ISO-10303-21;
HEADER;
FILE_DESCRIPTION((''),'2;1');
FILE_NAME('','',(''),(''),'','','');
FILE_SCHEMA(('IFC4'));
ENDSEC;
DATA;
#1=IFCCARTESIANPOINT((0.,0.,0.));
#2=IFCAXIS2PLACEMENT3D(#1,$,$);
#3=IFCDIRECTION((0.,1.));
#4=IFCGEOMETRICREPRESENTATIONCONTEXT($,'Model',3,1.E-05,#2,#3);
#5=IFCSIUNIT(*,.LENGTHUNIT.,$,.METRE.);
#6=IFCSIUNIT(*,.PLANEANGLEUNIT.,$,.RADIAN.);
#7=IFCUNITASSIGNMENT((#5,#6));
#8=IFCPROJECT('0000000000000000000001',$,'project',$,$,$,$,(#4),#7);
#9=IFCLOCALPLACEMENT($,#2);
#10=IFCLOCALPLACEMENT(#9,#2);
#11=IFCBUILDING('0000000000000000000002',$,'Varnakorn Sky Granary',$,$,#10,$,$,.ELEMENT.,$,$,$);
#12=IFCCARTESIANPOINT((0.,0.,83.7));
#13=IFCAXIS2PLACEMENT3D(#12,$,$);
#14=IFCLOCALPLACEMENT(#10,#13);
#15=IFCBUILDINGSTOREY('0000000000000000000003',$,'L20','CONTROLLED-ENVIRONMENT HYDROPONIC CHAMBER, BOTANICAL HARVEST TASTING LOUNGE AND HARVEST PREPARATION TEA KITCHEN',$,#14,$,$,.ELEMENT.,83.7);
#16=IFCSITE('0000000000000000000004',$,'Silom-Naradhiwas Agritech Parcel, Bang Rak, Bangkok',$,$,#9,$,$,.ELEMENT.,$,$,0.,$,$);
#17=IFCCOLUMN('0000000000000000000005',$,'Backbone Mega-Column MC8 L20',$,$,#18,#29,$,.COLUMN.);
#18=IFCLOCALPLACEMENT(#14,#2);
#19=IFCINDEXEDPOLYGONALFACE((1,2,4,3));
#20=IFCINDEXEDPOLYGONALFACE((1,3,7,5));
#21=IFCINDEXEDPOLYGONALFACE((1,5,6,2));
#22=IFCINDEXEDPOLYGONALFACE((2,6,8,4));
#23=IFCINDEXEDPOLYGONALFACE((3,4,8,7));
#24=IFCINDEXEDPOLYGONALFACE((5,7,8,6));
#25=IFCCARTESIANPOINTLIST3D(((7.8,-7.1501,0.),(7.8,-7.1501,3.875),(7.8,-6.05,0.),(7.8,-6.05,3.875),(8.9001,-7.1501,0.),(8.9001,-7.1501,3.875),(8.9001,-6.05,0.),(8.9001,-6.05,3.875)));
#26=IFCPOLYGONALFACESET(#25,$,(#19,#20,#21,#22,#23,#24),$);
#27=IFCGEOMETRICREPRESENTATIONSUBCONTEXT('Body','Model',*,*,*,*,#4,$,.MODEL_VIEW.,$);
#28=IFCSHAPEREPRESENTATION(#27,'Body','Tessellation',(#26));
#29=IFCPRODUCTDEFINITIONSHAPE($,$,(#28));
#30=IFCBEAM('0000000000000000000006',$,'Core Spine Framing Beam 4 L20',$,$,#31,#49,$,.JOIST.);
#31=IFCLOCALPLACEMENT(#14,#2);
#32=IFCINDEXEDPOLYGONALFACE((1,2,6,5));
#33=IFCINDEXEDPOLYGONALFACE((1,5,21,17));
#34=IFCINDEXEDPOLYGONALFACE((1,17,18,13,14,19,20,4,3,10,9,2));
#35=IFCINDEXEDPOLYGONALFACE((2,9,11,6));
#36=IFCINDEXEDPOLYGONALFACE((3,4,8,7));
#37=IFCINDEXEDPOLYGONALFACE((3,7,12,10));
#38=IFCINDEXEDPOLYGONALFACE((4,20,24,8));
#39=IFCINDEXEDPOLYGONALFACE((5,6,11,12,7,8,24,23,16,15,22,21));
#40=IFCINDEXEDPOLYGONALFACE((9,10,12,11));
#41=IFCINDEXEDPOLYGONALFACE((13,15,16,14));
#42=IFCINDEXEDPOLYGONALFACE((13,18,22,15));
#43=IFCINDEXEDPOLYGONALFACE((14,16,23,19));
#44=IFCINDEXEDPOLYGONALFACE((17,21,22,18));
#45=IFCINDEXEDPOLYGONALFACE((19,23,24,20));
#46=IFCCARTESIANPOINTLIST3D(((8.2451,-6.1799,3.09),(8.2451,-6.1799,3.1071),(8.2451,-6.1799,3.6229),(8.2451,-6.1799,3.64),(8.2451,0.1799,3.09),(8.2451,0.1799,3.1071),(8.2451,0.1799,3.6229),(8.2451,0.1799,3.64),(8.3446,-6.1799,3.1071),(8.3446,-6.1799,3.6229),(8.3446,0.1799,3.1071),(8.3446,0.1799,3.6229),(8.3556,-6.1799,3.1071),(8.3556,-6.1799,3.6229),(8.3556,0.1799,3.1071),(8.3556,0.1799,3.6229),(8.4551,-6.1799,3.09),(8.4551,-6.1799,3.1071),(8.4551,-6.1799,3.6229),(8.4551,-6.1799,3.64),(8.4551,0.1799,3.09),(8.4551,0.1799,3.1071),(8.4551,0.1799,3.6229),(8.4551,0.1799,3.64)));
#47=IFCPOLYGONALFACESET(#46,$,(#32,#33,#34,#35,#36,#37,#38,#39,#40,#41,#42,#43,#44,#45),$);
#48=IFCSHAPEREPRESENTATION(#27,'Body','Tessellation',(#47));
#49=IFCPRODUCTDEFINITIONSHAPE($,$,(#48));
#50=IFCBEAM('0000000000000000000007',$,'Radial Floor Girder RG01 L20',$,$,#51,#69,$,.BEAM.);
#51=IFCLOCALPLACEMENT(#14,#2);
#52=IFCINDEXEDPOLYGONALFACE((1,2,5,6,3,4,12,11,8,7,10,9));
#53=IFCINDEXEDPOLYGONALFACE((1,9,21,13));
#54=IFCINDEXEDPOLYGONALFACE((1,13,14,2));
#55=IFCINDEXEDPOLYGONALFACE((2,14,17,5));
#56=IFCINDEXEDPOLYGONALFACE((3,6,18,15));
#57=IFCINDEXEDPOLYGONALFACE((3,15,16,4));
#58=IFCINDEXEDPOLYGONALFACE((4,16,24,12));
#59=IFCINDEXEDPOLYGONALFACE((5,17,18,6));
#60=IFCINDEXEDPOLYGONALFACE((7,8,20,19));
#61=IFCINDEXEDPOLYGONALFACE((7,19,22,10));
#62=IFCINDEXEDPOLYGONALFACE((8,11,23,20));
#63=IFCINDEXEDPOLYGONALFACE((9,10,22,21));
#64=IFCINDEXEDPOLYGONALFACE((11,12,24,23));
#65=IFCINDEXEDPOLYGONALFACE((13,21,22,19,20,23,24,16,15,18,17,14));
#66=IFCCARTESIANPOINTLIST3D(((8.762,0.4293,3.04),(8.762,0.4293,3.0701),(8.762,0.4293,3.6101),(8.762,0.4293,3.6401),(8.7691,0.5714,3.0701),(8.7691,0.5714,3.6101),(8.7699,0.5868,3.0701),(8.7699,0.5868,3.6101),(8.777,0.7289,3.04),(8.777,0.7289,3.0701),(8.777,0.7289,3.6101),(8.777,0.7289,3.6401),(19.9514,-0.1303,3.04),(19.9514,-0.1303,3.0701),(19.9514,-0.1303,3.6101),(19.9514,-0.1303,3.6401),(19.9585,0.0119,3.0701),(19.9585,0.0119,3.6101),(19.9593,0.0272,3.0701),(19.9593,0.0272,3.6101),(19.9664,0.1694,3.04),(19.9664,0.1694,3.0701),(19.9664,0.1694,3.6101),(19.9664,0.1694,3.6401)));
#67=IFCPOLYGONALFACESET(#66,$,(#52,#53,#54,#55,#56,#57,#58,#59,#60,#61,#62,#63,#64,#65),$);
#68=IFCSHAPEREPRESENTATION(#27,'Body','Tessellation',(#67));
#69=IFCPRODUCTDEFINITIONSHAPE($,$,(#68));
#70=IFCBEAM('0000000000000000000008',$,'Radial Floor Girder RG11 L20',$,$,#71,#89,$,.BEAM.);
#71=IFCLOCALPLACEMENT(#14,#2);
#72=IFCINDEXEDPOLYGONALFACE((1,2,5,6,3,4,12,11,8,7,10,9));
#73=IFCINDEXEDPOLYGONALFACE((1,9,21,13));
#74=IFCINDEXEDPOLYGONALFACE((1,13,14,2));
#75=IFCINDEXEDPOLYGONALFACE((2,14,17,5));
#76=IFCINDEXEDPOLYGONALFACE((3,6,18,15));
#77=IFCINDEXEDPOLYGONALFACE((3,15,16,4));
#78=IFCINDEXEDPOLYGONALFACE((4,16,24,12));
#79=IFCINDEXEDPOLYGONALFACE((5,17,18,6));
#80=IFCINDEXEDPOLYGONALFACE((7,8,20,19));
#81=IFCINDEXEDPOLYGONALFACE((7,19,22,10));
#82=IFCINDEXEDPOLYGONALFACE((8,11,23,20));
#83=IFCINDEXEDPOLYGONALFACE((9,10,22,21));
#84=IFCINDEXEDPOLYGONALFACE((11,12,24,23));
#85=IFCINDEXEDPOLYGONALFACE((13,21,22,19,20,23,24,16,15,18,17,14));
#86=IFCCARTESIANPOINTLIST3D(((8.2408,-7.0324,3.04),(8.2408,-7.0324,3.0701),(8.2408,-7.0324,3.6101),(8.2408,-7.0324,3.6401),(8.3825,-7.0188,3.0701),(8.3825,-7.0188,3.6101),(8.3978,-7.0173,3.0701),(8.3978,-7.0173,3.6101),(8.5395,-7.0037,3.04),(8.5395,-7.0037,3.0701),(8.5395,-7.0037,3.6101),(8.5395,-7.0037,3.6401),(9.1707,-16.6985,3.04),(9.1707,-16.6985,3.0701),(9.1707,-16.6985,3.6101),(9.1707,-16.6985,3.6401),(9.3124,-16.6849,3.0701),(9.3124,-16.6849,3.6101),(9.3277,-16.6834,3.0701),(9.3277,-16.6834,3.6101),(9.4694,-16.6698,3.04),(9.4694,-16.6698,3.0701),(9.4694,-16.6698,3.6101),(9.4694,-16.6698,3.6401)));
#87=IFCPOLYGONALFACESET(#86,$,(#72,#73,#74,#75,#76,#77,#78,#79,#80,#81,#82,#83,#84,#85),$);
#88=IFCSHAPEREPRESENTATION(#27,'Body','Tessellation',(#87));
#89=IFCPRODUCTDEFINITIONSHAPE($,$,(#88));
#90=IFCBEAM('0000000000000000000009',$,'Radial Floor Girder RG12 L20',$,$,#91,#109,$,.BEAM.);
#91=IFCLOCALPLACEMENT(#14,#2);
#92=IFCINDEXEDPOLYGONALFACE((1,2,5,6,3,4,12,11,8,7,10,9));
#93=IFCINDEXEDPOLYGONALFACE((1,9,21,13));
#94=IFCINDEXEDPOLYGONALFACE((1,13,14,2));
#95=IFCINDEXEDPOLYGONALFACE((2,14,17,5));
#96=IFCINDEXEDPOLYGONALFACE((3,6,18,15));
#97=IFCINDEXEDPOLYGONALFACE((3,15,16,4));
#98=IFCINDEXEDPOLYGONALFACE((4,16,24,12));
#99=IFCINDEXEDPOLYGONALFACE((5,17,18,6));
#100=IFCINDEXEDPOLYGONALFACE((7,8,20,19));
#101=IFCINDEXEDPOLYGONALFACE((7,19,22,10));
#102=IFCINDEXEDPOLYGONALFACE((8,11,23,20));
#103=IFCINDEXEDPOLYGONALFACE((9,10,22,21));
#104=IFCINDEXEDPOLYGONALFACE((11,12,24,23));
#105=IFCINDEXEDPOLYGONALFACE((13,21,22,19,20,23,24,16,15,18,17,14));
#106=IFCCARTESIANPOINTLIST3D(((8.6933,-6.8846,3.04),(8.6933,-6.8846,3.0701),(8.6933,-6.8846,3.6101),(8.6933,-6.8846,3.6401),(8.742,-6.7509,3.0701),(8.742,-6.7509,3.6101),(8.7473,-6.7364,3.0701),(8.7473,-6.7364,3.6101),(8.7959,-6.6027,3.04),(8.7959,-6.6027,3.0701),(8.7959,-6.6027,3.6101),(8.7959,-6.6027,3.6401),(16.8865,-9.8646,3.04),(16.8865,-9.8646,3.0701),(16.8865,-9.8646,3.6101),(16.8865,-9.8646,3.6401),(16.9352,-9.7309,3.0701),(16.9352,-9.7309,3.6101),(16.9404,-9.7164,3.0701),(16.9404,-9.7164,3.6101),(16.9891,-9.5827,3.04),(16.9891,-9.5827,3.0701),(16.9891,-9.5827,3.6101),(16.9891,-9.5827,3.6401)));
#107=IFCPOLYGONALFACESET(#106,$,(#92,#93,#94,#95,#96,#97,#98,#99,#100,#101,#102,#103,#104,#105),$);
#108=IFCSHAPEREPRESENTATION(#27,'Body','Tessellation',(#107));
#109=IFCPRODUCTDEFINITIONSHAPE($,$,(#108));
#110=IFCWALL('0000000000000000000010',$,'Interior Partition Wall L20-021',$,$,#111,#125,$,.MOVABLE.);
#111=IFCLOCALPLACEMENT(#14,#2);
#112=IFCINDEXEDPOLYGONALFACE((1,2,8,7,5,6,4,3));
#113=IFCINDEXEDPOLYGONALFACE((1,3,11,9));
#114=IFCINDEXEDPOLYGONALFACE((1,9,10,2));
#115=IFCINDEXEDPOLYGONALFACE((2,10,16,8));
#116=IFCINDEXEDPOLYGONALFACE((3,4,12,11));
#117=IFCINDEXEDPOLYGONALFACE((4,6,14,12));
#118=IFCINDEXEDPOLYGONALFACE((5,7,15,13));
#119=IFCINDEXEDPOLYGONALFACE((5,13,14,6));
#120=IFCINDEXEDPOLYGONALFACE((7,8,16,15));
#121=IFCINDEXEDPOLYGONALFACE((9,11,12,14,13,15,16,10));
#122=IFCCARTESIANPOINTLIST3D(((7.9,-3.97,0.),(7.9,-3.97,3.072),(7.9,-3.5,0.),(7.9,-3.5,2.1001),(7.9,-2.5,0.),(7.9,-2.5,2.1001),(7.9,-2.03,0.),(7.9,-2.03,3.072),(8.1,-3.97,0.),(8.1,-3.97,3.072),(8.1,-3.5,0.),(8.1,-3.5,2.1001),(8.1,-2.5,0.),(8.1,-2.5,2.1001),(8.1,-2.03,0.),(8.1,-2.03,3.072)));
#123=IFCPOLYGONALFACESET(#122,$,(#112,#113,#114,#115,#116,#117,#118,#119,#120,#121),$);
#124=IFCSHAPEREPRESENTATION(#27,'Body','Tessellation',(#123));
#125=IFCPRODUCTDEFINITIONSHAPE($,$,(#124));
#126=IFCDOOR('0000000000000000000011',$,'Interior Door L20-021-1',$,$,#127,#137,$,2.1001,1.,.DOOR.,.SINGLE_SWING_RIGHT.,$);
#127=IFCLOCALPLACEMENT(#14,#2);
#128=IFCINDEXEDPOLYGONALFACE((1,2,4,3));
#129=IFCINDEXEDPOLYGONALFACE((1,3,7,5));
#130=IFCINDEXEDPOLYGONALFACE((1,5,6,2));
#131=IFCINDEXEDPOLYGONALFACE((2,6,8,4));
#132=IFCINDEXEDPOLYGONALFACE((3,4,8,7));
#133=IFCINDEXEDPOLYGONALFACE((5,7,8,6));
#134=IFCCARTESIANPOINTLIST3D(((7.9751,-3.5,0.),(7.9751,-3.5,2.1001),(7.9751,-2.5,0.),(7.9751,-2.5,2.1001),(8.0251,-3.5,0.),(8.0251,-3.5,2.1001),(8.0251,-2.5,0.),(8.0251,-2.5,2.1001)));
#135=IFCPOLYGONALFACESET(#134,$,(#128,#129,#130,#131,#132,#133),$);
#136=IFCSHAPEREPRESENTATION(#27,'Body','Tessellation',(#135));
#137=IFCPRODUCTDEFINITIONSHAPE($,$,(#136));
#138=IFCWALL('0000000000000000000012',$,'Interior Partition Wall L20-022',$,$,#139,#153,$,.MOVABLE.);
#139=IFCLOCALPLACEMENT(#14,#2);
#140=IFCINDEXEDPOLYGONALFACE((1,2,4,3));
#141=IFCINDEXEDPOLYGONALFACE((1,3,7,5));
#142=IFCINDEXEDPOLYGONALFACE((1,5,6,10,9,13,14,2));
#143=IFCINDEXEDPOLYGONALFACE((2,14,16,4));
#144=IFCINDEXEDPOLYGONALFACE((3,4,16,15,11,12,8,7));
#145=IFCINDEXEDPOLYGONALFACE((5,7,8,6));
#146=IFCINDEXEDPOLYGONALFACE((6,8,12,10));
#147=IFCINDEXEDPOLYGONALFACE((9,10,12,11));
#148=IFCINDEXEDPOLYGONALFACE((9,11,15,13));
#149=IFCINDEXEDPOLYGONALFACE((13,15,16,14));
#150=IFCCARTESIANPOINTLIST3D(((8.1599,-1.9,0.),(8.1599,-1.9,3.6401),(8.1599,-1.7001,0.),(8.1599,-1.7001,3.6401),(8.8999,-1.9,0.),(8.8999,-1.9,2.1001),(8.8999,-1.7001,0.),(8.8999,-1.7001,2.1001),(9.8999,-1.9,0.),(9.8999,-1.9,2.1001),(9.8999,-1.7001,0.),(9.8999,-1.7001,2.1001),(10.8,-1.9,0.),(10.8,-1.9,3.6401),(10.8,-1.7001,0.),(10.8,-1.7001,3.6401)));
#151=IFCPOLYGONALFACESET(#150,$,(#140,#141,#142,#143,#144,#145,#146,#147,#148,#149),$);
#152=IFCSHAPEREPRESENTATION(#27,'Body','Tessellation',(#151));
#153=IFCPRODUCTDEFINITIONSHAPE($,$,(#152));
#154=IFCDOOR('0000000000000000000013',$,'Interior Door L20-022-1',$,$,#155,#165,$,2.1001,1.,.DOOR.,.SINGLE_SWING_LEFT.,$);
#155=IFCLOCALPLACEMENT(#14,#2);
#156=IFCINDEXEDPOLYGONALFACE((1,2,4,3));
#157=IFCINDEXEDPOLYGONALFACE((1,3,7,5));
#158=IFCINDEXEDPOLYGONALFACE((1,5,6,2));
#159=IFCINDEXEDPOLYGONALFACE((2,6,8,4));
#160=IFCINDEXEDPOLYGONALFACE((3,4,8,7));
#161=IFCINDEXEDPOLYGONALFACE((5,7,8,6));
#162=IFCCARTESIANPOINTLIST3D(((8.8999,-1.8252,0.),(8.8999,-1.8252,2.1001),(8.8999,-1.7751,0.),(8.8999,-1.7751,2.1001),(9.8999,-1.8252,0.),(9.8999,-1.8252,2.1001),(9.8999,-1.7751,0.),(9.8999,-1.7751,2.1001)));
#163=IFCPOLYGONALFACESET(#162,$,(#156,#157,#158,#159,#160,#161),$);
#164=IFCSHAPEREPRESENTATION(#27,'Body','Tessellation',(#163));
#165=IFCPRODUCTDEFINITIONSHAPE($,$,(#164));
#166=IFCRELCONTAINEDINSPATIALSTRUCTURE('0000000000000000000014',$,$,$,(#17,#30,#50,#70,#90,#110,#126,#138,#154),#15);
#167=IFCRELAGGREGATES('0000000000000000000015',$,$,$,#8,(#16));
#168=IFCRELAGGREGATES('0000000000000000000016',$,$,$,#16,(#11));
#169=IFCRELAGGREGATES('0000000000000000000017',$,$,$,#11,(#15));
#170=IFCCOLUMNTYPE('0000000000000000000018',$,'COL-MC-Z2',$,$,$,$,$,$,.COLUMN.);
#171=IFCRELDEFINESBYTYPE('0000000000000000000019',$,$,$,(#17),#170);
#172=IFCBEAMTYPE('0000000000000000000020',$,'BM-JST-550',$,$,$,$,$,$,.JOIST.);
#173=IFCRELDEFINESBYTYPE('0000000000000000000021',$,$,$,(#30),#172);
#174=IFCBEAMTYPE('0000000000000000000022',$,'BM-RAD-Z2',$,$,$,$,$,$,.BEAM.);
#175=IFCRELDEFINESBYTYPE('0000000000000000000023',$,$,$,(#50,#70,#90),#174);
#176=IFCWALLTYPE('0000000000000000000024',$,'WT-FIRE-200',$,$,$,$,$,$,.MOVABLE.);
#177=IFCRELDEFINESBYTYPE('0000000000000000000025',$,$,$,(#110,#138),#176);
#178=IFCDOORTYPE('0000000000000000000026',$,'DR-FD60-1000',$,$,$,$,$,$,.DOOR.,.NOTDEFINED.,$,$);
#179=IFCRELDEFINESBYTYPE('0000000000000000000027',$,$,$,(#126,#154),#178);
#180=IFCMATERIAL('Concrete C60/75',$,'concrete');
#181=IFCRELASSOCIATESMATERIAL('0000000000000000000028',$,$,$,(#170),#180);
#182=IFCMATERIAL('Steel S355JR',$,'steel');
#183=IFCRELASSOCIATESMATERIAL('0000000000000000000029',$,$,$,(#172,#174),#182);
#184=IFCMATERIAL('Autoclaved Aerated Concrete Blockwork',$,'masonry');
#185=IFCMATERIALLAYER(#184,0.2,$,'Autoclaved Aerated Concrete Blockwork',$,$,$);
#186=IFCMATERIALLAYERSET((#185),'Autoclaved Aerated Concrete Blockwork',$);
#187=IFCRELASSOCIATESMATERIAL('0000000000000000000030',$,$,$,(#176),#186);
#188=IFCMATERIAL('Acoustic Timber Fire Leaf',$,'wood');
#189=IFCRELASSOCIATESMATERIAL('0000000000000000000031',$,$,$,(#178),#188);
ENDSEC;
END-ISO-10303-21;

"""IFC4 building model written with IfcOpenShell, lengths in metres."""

from ifc_helpers import new_model, si_unit, direction, frame, frame_2d, origin, origin_2d, place, context, subcontext, project, spatial, rectangle, i_section, extrude, material, layer, layer_set, material_profile, profile_set, type_object, element, fill, save


model = new_model("IFC4")

# Units and contexts
model_context = context("Model", 3, precision=1e-05, world=origin(), true_north=direction((0.0, 1.0)))
body_context = subcontext(model_context, "Body", "Model", "MODEL_VIEW")
ifc_project = project(units=[si_unit("LENGTHUNIT", "METRE"), si_unit("PLANEANGLEUNIT", "RADIAN")], contexts=[model_context])

# Site, building, storey
site_placement = place(None, origin())
site = spatial("IfcSite", under=ifc_project, at=site_placement, Name="Silom-Naradhiwas Agritech Parcel, Bang Rak, Bangkok", CompositionType="ELEMENT", RefElevation=0.0)
building_placement = place(site_placement, origin())
building = spatial("IfcBuilding", under=site, at=building_placement, Name="Varnakorn Sky Granary", CompositionType="ELEMENT")
storey_placement = place(building_placement, frame((0.0, 0.0, 83.7)))
storey = spatial("IfcBuildingStorey", under=building, at=storey_placement, Name="L20", Description="CONTROLLED-ENVIRONMENT HYDROPONIC CHAMBER, BOTANICAL HARVEST TASTING LOUNGE AND HARVEST PREPARATION TEA KITCHEN", CompositionType="ELEMENT", Elevation=83.7)

# Column
ifc_material_1 = material(Name="Concrete C60/75", Category="concrete")
ifc_material_profile_1 = material_profile(ifc_material_1, rectangle(XDim=1.1001, YDim=1.1001, at=origin_2d()), Name="RC 1100x1100")
ifc_profile_set_1 = profile_set([ifc_material_profile_1], Name="Concrete C60/75")
column_type = type_object("IfcColumnType", Name="COL-MC-Z2", PredefinedType="COLUMN", material=ifc_profile_set_1)
column_placement = place(storey_placement, frame((8.3501, -6.6001, 0.0), z_axis=(0.0, 0.0, 1.0), x_axis=(1.0, 0.0, 0.0)))
element("IfcColumn", 1, at=column_placement, inside=storey, type_object=column_type, Name="Backbone Mega-Column MC8 L20", PredefinedType="COLUMN", context=body_context, shape_type="SweptSolid", body=[
    extrude(rectangle(XDim=1.1001, YDim=1.1001, at=origin_2d()), origin(), (0.0, 0.0, 1.0), 3.875),
])

# Beams
ifc_material_2 = material(Name="Steel S355JR", Category="steel")
ifc_material_profile_2 = material_profile(ifc_material_2, i_section(OverallWidth=0.21, OverallDepth=0.55, WebThickness=0.011, FlangeThickness=0.0171, at=origin_2d()), Name="IPE 550")
ifc_profile_set_2 = profile_set([ifc_material_profile_2], Name="Steel S355JR")
beam_type_1 = type_object("IfcBeamType", Name="BM-JST-550", PredefinedType="JOIST", material=ifc_profile_set_2)
beam_1_placement = place(storey_placement, frame((8.3501, 0.1799, 3.365), z_axis=(0.0, -1.0, 0.0), x_axis=(1.0, 0.0, 0.0)))
element("IfcBeam", 2, at=beam_1_placement, inside=storey, type_object=beam_type_1, Name="Core Spine Framing Beam 4 L20", PredefinedType="JOIST", context=body_context, shape_type="SweptSolid", body=[
    extrude(i_section(OverallWidth=0.21, OverallDepth=0.55, WebThickness=0.011, FlangeThickness=0.0171, at=origin_2d()), origin(), (0.0, 0.0, 1.0), 6.3599),
])
ifc_material_profile_3 = material_profile(ifc_material_2, i_section(OverallWidth=0.3, OverallDepth=0.6001, WebThickness=0.0154, FlangeThickness=0.03, at=origin_2d()), Name="HE 600 B")
ifc_profile_set_3 = profile_set([ifc_material_profile_3], Name="Steel S355JR")
beam_type_2 = type_object("IfcBeamType", Name="BM-RAD-Z2", PredefinedType="BEAM", material=ifc_profile_set_3)
beam_2_placement = place(storey_placement, frame((8.7695, 0.5791, 3.3401), z_axis=(0.998752, -0.049946, 0.0), x_axis=(0.049946, 0.998752, 0.0)))
element("IfcBeam", 3, at=beam_2_placement, inside=storey, type_object=beam_type_2, Name="Radial Floor Girder RG01 L20", PredefinedType="BEAM", context=body_context, shape_type="SweptSolid", body=[
    extrude(i_section(OverallWidth=0.3, OverallDepth=0.6001, WebThickness=0.0154, FlangeThickness=0.03, at=origin_2d()), origin(), (0.0, 0.0, 1.0), 11.2034),
])
beam_3_placement = place(storey_placement, frame((8.3901, -7.0181, 3.3401), z_axis=(0.095764, -0.995404, 0.0), x_axis=(0.995404, 0.095764, 0.0)))
element("IfcBeam", 4, at=beam_3_placement, inside=storey, type_object=beam_type_2, Name="Radial Floor Girder RG11 L20", PredefinedType="BEAM", context=body_context, shape_type="SweptSolid", body=[
    extrude(i_section(OverallWidth=0.3, OverallDepth=0.6001, WebThickness=0.0154, FlangeThickness=0.03, at=origin_2d()), origin(), (0.0, 0.0, 1.0), 9.7107),
])
beam_4_placement = place(storey_placement, frame((8.7446, -6.7437, 3.3401), z_axis=(0.939769, -0.341811, 0.0), x_axis=(0.341811, 0.939769, 0.0)))
element("IfcBeam", 5, at=beam_4_placement, inside=storey, type_object=beam_type_2, Name="Radial Floor Girder RG12 L20", PredefinedType="BEAM", context=body_context, shape_type="SweptSolid", body=[
    extrude(i_section(OverallWidth=0.3, OverallDepth=0.6001, WebThickness=0.0154, FlangeThickness=0.03, at=origin_2d()), origin(), (0.0, 0.0, 1.0), 8.7183),
])

# Walls, openings, doors
ifc_material_3 = material(Name="Autoclaved Aerated Concrete Blockwork", Category="masonry")
ifc_layer_1 = layer(ifc_material_3, 0.2, Name="Autoclaved Aerated Concrete Blockwork")
ifc_layer_set_1 = layer_set([ifc_layer_1], Name="Autoclaved Aerated Concrete Blockwork")
wall_type_1 = type_object("IfcWallType", Name="WT-FIRE-200", PredefinedType="MOVABLE", material=ifc_layer_set_1)
wall_1_placement = place(storey_placement, frame((8.0, -3.97, 0.0), z_axis=(0.0, 0.0, 1.0), x_axis=(0.0, 1.0, 0.0)))
wall_1 = element("IfcWall", 6, at=wall_1_placement, inside=storey, type_object=wall_type_1, Name="Interior Partition Wall L20-021", PredefinedType="MOVABLE", context=body_context, shape_type="SweptSolid", body=[
    extrude(rectangle(XDim=1.9399, YDim=0.2, at=frame_2d((0.97, 0.0))), origin(), (0.0, 0.0, 1.0), 3.072),
])
opening_1_placement = place(wall_1_placement, frame((0.47, 0.0, 0.0)))
opening_1 = element("IfcOpeningElement", 7, at=opening_1_placement, cuts=wall_1, PredefinedType="OPENING", context=body_context, shape_type="SweptSolid", body=[
    extrude(rectangle(XDim=1.0, YDim=2.1001, at=frame_2d((0.5, 1.05))), frame((0.0, 0.1099, 0.0), z_axis=(0.0, -1.0, 0.0), x_axis=(1.0, 0.0, 0.0)), (0.0, 0.0, 1.0), 0.22),
])
ifc_material_4 = material(Name="Acoustic Timber Fire Leaf", Category="wood")
door_type_1 = type_object("IfcDoorType", Name="DR-FD60-1000", OperationType="NOTDEFINED", PredefinedType="DOOR", material=ifc_material_4)
door_1_placement = place(opening_1_placement, origin())
door_1 = element("IfcDoor", 8, at=door_1_placement, inside=storey, type_object=door_type_1, Name="Interior Door L20-021-1", OperationType="SINGLE_SWING_RIGHT", OverallHeight=2.1001, OverallWidth=1.0, PredefinedType="DOOR", context=body_context, shape_type="SweptSolid", body=[
    extrude(rectangle(XDim=1.0, YDim=2.1001, at=frame_2d((0.5, 1.05))), frame((0.0, 0.0249, 0.0), z_axis=(0.0, -1.0, 0.0), x_axis=(1.0, 0.0, 0.0)), (0.0, 0.0, 1.0), 0.05),
])
fill(opening_1, door_1)
wall_2_placement = place(storey_placement, frame((8.1599, -1.8, 0.0), z_axis=(0.0, 0.0, 1.0), x_axis=(1.0, 0.0, 0.0)))
wall_2 = element("IfcWall", 9, at=wall_2_placement, inside=storey, type_object=wall_type_1, Name="Interior Partition Wall L20-022", PredefinedType="MOVABLE", context=body_context, shape_type="SweptSolid", body=[
    extrude(rectangle(XDim=2.6401, YDim=0.2, at=frame_2d((1.3201, 0.0))), origin(), (0.0, 0.0, 1.0), 3.6401),
])
opening_2_placement = place(wall_2_placement, frame((0.74, 0.0, 0.0)))
opening_2 = element("IfcOpeningElement", 10, at=opening_2_placement, cuts=wall_2, PredefinedType="OPENING", context=body_context, shape_type="SweptSolid", body=[
    extrude(rectangle(XDim=1.0, YDim=2.1001, at=frame_2d((0.5, 1.05))), frame((0.0, 0.1099, 0.0), z_axis=(0.0, -1.0, 0.0), x_axis=(1.0, 0.0, 0.0)), (0.0, 0.0, 1.0), 0.22),
])
door_2_placement = place(opening_2_placement, origin())
door_2 = element("IfcDoor", 11, at=door_2_placement, inside=storey, type_object=door_type_1, Name="Interior Door L20-022-1", OperationType="SINGLE_SWING_LEFT", OverallHeight=2.1001, OverallWidth=1.0, PredefinedType="DOOR", context=body_context, shape_type="SweptSolid", body=[
    extrude(rectangle(XDim=1.0, YDim=2.1001, at=frame_2d((0.5, 1.05))), frame((0.0, 0.0249, 0.0), z_axis=(0.0, -1.0, 0.0), x_axis=(1.0, 0.0, 0.0)), (0.0, 0.0, 1.0), 0.05),
])
fill(opening_2, door_2)

save(model, "model.ifc")
